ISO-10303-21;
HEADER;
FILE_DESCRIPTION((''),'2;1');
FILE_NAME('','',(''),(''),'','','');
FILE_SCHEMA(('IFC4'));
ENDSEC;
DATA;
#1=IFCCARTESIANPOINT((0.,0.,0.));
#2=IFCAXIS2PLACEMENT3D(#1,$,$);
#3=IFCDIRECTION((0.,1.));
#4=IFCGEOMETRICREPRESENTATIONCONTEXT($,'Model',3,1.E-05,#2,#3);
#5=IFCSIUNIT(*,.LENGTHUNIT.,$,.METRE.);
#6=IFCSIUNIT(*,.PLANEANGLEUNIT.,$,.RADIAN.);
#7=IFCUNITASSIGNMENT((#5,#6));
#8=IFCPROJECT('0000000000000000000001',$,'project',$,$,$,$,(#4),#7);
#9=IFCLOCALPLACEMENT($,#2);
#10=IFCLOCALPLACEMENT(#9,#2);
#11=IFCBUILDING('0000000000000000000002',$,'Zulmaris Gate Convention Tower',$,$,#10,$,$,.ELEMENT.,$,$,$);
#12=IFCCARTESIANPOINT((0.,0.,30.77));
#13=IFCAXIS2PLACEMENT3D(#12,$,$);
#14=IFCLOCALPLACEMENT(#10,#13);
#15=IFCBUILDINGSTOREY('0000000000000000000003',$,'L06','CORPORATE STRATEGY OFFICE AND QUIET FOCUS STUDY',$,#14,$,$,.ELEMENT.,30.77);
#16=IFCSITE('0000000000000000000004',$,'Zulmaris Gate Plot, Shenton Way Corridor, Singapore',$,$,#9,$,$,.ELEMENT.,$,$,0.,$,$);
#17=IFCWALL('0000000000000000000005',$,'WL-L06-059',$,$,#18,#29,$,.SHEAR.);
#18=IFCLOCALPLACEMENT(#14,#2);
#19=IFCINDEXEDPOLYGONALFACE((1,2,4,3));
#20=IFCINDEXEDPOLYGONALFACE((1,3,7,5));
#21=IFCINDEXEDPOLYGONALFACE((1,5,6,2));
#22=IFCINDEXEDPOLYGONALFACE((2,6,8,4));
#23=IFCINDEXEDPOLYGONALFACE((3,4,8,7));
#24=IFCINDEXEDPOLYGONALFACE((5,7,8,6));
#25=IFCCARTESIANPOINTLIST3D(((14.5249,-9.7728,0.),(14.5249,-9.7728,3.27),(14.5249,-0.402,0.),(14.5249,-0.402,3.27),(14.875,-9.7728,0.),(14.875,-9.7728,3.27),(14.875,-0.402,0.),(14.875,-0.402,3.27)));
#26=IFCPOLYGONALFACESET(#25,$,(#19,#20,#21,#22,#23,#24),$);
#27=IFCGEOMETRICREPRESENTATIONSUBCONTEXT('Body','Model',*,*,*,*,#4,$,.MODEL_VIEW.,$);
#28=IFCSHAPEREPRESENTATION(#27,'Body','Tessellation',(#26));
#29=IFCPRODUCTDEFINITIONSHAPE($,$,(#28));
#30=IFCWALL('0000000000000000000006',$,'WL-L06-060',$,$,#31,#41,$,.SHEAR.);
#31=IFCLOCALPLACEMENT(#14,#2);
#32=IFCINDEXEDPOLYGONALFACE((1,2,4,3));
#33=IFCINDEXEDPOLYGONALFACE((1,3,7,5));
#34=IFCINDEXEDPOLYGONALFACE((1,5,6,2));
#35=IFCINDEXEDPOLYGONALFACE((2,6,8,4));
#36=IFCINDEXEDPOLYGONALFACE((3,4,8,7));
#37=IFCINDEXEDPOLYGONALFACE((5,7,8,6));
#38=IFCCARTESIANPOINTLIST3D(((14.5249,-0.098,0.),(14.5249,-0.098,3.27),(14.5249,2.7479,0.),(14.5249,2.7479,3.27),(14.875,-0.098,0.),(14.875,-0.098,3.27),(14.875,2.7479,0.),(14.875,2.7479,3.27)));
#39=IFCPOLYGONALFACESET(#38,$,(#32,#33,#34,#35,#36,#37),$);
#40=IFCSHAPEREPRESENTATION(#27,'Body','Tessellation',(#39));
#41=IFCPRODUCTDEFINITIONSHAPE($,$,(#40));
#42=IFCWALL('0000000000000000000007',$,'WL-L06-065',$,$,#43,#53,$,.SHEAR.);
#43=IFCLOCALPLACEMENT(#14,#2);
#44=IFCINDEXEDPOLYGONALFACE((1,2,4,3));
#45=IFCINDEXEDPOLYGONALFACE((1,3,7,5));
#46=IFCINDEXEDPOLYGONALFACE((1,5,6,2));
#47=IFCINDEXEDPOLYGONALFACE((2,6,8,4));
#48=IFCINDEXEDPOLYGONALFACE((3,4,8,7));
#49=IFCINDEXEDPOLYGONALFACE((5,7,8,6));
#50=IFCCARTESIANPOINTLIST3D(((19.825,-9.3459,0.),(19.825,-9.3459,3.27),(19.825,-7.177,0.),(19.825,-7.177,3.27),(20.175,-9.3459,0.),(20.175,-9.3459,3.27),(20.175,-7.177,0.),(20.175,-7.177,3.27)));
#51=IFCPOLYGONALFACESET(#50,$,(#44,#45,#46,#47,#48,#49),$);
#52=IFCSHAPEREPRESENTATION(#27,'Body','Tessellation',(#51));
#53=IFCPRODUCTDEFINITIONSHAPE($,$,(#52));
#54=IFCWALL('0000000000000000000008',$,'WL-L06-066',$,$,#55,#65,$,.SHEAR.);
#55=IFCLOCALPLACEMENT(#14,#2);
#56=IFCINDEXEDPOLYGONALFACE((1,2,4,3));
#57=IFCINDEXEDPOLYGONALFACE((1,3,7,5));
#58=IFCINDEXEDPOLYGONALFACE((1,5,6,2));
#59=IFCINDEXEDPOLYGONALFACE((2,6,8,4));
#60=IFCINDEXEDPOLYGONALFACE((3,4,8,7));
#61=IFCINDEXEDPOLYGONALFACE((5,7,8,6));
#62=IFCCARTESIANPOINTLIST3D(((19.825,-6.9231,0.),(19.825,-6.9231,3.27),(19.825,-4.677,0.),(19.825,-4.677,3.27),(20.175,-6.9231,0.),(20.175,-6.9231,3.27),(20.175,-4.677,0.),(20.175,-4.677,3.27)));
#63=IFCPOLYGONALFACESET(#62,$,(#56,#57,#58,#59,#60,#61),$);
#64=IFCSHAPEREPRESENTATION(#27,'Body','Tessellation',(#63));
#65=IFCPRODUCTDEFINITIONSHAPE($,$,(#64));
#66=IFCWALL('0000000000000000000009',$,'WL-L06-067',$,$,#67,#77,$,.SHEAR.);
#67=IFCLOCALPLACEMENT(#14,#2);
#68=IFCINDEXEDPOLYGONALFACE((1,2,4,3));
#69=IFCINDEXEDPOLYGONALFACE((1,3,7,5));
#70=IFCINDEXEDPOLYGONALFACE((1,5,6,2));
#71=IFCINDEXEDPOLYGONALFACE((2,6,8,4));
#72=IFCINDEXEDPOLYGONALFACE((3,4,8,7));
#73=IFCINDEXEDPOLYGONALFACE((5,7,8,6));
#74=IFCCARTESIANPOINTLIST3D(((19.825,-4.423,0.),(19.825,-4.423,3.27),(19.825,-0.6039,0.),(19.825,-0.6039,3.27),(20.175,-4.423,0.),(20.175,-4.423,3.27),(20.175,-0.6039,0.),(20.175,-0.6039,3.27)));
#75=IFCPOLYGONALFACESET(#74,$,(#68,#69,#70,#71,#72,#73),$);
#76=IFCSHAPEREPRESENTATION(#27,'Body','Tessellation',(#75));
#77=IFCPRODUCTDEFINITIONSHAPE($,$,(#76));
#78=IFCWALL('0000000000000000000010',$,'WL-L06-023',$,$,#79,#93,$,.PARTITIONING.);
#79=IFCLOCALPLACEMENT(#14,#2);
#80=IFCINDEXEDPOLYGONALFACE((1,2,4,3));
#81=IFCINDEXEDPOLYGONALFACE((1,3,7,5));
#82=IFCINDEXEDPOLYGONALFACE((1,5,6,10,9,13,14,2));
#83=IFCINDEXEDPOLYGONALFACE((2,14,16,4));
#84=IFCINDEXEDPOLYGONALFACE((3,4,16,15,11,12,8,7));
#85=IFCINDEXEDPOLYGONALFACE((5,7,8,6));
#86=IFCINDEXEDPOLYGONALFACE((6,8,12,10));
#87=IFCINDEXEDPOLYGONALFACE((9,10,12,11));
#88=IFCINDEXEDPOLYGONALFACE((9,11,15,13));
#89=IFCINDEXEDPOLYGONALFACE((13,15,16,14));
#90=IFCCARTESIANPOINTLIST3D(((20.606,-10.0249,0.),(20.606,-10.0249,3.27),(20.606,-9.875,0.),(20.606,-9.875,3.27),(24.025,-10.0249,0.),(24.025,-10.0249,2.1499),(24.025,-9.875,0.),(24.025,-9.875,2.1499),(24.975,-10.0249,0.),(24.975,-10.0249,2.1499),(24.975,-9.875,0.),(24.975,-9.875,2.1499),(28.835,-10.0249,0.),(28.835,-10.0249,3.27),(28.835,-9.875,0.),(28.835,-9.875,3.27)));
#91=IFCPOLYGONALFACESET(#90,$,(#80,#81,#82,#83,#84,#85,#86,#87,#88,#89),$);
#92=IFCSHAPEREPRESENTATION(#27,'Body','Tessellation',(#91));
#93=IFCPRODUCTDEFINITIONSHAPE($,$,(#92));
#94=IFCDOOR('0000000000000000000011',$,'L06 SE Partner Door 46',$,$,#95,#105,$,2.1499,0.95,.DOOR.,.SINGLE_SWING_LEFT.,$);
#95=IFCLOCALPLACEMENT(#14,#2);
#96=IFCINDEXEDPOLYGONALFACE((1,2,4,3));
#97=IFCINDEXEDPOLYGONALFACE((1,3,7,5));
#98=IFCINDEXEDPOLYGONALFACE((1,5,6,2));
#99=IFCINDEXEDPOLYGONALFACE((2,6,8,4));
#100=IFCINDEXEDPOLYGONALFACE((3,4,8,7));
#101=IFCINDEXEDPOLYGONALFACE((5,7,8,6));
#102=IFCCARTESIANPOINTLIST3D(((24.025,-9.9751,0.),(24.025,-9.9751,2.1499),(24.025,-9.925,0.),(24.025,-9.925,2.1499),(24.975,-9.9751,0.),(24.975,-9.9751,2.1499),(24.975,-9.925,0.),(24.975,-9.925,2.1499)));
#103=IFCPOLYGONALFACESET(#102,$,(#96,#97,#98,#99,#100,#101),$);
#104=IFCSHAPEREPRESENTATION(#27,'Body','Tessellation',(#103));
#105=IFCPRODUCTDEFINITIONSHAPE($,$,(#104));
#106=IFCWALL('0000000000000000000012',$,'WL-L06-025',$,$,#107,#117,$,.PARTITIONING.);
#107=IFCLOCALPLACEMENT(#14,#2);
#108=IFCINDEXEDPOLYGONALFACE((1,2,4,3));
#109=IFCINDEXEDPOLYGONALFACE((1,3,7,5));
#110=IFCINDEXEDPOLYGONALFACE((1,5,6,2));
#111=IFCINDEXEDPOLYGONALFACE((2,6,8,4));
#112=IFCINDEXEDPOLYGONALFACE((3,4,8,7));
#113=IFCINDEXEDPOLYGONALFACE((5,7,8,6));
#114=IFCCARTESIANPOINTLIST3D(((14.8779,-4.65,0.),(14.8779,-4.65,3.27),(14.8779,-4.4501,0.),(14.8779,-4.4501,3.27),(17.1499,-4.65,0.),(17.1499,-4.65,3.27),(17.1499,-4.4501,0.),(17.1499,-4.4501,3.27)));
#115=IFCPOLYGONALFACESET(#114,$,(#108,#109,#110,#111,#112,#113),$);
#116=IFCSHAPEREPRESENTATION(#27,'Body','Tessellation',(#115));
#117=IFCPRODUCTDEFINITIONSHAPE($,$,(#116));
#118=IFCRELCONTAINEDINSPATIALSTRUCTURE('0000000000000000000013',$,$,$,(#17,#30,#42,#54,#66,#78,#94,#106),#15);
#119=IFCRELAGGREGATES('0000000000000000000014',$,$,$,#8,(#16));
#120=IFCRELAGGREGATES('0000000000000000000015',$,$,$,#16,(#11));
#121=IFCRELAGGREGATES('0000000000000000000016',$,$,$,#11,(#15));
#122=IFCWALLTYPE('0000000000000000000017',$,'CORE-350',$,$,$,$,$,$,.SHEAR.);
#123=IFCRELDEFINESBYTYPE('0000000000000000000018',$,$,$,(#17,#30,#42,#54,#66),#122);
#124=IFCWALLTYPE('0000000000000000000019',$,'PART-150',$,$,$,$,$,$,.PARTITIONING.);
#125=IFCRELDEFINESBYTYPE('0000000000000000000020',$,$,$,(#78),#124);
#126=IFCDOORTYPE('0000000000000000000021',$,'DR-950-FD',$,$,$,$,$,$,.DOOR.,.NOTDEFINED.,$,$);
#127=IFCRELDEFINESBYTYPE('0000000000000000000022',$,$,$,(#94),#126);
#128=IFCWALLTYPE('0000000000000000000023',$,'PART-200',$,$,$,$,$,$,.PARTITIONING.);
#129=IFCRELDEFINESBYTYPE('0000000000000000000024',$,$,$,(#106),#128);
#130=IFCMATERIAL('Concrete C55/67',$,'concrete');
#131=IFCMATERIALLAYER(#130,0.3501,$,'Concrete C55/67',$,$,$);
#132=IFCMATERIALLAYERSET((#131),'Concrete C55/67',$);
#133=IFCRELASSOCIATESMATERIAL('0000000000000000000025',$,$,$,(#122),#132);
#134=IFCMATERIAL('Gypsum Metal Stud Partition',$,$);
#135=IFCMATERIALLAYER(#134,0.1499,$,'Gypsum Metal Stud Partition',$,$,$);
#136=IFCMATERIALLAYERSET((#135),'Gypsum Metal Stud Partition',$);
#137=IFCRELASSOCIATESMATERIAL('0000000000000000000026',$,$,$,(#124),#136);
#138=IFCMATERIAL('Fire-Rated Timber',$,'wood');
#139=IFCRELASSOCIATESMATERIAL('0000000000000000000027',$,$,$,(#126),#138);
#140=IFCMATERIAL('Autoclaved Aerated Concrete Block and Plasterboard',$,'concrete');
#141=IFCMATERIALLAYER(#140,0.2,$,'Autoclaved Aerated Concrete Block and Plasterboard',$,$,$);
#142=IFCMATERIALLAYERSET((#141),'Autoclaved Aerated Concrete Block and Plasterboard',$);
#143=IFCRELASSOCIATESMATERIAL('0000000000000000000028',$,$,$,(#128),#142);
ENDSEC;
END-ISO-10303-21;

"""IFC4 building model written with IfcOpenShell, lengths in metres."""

from ifc_helpers import new_model, si_unit, direction, frame, frame_2d, origin, place, context, subcontext, project, spatial, rectangle, extrude, material, layer, layer_set, type_object, element, fill, save


model = new_model("IFC4")

# Units and contexts
model_context = context("Model", 3, precision=1e-05, world=origin(), true_north=direction((0.0, 1.0)))
body_context = subcontext(model_context, "Body", "Model", "MODEL_VIEW")
ifc_project = project(units=[si_unit("LENGTHUNIT", "METRE"), si_unit("PLANEANGLEUNIT", "RADIAN")], contexts=[model_context])

# Site, building, storey
site_placement = place(None, origin())
site = spatial("IfcSite", under=ifc_project, at=site_placement, Name="Zulmaris Gate Plot, Shenton Way Corridor, Singapore", CompositionType="ELEMENT", RefElevation=0.0)
building_placement = place(site_placement, origin())
building = spatial("IfcBuilding", under=site, at=building_placement, Name="Zulmaris Gate Convention Tower", CompositionType="ELEMENT")
storey_placement = place(building_placement, frame((0.0, 0.0, 30.77)))
storey = spatial("IfcBuildingStorey", under=building, at=storey_placement, Name="L06", Description="CORPORATE STRATEGY OFFICE AND QUIET FOCUS STUDY", CompositionType="ELEMENT", Elevation=30.77)

# Walls
ifc_material_1 = material(Name="Concrete C55/67", Category="concrete")
ifc_layer_1 = layer(ifc_material_1, 0.3501, Name="Concrete C55/67")
ifc_layer_set_1 = layer_set([ifc_layer_1], Name="Concrete C55/67")
wall_type_1 = type_object("IfcWallType", Name="CORE-350", PredefinedType="SHEAR", material=ifc_layer_set_1)
wall_1_placement = place(storey_placement, frame((14.7, -9.7729, 0.0), z_axis=(0.0, 0.0, 1.0), x_axis=(0.0, 1.0, 0.0)))
element("IfcWall", 1, at=wall_1_placement, inside=storey, type_object=wall_type_1, Name="WL-L06-059", PredefinedType="SHEAR", context=body_context, shape_type="SweptSolid", body=[
    extrude(rectangle(XDim=9.3708, YDim=0.3501, at=frame_2d((4.6855, 0.0))), origin(), (0.0, 0.0, 1.0), 3.27),
])
wall_2_placement = place(storey_placement, frame((14.7, -0.0979, 0.0), z_axis=(0.0, 0.0, 1.0), x_axis=(0.0, 1.0, 0.0)))
element("IfcWall", 2, at=wall_2_placement, inside=storey, type_object=wall_type_1, Name="WL-L06-060", PredefinedType="SHEAR", context=body_context, shape_type="SweptSolid", body=[
    extrude(rectangle(XDim=2.8459, YDim=0.3501, at=frame_2d((1.4229, 0.0))), origin(), (0.0, 0.0, 1.0), 3.27),
])
wall_3_placement = place(storey_placement, frame((20.0, -9.3459, 0.0), z_axis=(0.0, 0.0, 1.0), x_axis=(0.0, 1.0, 0.0)))
element("IfcWall", 3, at=wall_3_placement, inside=storey, type_object=wall_type_1, Name="WL-L06-065", PredefinedType="SHEAR", context=body_context, shape_type="SweptSolid", body=[
    extrude(rectangle(XDim=2.1689, YDim=0.3501, at=frame_2d((1.0845, 0.0))), origin(), (0.0, 0.0, 1.0), 3.27),
])
wall_4_placement = place(storey_placement, frame((20.0, -6.9231, 0.0), z_axis=(0.0, 0.0, 1.0), x_axis=(0.0, 1.0, 0.0)))
element("IfcWall", 4, at=wall_4_placement, inside=storey, type_object=wall_type_1, Name="WL-L06-066", PredefinedType="SHEAR", context=body_context, shape_type="SweptSolid", body=[
    extrude(rectangle(XDim=2.2461, YDim=0.3501, at=frame_2d((1.123, 0.0))), origin(), (0.0, 0.0, 1.0), 3.27),
])
wall_5_placement = place(storey_placement, frame((20.0, -4.4231, 0.0), z_axis=(0.0, 0.0, 1.0), x_axis=(0.0, 1.0, 0.0)))
element("IfcWall", 5, at=wall_5_placement, inside=storey, type_object=wall_type_1, Name="WL-L06-067", PredefinedType="SHEAR", context=body_context, shape_type="SweptSolid", body=[
    extrude(rectangle(XDim=3.8191, YDim=0.3501, at=frame_2d((1.9097, 0.0))), origin(), (0.0, 0.0, 1.0), 3.27),
])

# Wall, opening, door
ifc_material_2 = material(Name="Gypsum Metal Stud Partition")
ifc_layer_2 = layer(ifc_material_2, 0.1499, Name="Gypsum Metal Stud Partition")
ifc_layer_set_2 = layer_set([ifc_layer_2], Name="Gypsum Metal Stud Partition")
wall_type_2 = type_object("IfcWallType", Name="PART-150", PredefinedType="PARTITIONING", material=ifc_layer_set_2)
wall_6_placement = place(storey_placement, frame((20.606, -9.95, 0.0), z_axis=(0.0, 0.0, 1.0), x_axis=(1.0, 0.0, 0.0)))
wall_6 = element("IfcWall", 6, at=wall_6_placement, inside=storey, type_object=wall_type_2, Name="WL-L06-023", PredefinedType="PARTITIONING", context=body_context, shape_type="SweptSolid", body=[
    extrude(rectangle(XDim=8.229, YDim=0.1499, at=frame_2d((4.1145, 0.0))), origin(), (0.0, 0.0, 1.0), 3.27),
])
opening_1_placement = place(wall_6_placement, frame((3.4189, 0.0, 0.0)))
opening_1 = element("IfcOpeningElement", 7, at=opening_1_placement, cuts=wall_6, PredefinedType="OPENING", context=body_context, shape_type="SweptSolid", body=[
    extrude(rectangle(XDim=0.95, YDim=2.1499, at=frame_2d((0.4751, 1.075))), frame((0.0, 0.085, 0.0), z_axis=(0.0, -1.0, 0.0), x_axis=(1.0, 0.0, 0.0)), (0.0, 0.0, 1.0), 0.1699),
])
ifc_material_3 = material(Name="Fire-Rated Timber", Category="wood")
door_type = type_object("IfcDoorType", Name="DR-950-FD", OperationType="NOTDEFINED", PredefinedType="DOOR", material=ifc_material_3)
door_placement = place(opening_1_placement, origin())
door = element("IfcDoor", 8, at=door_placement, inside=storey, type_object=door_type, Name="L06 SE Partner Door 46", OperationType="SINGLE_SWING_LEFT", OverallHeight=2.1499, OverallWidth=0.95, PredefinedType="DOOR", context=body_context, shape_type="SweptSolid", body=[
    extrude(rectangle(XDim=0.95, YDim=2.1499, at=frame_2d((0.4751, 1.075))), frame((0.0, 0.0249, 0.0), z_axis=(0.0, -1.0, 0.0), x_axis=(1.0, 0.0, 0.0)), (0.0, 0.0, 1.0), 0.05),
])
fill(opening_1, door)

# Wall
ifc_material_4 = material(Name="Autoclaved Aerated Concrete Block and Plasterboard", Category="concrete")
ifc_layer_3 = layer(ifc_material_4, 0.2, Name="Autoclaved Aerated Concrete Block and Plasterboard")
ifc_layer_set_3 = layer_set([ifc_layer_3], Name="Autoclaved Aerated Concrete Block and Plasterboard")
wall_type_3 = type_object("IfcWallType", Name="PART-200", PredefinedType="PARTITIONING", material=ifc_layer_set_3)
wall_7_placement = place(storey_placement, frame((14.8779, -4.55, 0.0), z_axis=(0.0, 0.0, 1.0), x_axis=(1.0, 0.0, 0.0)))
element("IfcWall", 9, at=wall_7_placement, inside=storey, type_object=wall_type_3, Name="WL-L06-025", PredefinedType="PARTITIONING", context=body_context, shape_type="SweptSolid", body=[
    extrude(rectangle(XDim=2.272, YDim=0.2, at=frame_2d((1.136, 0.0))), origin(), (0.0, 0.0, 1.0), 3.27),
])

save(model, "model.ifc")
